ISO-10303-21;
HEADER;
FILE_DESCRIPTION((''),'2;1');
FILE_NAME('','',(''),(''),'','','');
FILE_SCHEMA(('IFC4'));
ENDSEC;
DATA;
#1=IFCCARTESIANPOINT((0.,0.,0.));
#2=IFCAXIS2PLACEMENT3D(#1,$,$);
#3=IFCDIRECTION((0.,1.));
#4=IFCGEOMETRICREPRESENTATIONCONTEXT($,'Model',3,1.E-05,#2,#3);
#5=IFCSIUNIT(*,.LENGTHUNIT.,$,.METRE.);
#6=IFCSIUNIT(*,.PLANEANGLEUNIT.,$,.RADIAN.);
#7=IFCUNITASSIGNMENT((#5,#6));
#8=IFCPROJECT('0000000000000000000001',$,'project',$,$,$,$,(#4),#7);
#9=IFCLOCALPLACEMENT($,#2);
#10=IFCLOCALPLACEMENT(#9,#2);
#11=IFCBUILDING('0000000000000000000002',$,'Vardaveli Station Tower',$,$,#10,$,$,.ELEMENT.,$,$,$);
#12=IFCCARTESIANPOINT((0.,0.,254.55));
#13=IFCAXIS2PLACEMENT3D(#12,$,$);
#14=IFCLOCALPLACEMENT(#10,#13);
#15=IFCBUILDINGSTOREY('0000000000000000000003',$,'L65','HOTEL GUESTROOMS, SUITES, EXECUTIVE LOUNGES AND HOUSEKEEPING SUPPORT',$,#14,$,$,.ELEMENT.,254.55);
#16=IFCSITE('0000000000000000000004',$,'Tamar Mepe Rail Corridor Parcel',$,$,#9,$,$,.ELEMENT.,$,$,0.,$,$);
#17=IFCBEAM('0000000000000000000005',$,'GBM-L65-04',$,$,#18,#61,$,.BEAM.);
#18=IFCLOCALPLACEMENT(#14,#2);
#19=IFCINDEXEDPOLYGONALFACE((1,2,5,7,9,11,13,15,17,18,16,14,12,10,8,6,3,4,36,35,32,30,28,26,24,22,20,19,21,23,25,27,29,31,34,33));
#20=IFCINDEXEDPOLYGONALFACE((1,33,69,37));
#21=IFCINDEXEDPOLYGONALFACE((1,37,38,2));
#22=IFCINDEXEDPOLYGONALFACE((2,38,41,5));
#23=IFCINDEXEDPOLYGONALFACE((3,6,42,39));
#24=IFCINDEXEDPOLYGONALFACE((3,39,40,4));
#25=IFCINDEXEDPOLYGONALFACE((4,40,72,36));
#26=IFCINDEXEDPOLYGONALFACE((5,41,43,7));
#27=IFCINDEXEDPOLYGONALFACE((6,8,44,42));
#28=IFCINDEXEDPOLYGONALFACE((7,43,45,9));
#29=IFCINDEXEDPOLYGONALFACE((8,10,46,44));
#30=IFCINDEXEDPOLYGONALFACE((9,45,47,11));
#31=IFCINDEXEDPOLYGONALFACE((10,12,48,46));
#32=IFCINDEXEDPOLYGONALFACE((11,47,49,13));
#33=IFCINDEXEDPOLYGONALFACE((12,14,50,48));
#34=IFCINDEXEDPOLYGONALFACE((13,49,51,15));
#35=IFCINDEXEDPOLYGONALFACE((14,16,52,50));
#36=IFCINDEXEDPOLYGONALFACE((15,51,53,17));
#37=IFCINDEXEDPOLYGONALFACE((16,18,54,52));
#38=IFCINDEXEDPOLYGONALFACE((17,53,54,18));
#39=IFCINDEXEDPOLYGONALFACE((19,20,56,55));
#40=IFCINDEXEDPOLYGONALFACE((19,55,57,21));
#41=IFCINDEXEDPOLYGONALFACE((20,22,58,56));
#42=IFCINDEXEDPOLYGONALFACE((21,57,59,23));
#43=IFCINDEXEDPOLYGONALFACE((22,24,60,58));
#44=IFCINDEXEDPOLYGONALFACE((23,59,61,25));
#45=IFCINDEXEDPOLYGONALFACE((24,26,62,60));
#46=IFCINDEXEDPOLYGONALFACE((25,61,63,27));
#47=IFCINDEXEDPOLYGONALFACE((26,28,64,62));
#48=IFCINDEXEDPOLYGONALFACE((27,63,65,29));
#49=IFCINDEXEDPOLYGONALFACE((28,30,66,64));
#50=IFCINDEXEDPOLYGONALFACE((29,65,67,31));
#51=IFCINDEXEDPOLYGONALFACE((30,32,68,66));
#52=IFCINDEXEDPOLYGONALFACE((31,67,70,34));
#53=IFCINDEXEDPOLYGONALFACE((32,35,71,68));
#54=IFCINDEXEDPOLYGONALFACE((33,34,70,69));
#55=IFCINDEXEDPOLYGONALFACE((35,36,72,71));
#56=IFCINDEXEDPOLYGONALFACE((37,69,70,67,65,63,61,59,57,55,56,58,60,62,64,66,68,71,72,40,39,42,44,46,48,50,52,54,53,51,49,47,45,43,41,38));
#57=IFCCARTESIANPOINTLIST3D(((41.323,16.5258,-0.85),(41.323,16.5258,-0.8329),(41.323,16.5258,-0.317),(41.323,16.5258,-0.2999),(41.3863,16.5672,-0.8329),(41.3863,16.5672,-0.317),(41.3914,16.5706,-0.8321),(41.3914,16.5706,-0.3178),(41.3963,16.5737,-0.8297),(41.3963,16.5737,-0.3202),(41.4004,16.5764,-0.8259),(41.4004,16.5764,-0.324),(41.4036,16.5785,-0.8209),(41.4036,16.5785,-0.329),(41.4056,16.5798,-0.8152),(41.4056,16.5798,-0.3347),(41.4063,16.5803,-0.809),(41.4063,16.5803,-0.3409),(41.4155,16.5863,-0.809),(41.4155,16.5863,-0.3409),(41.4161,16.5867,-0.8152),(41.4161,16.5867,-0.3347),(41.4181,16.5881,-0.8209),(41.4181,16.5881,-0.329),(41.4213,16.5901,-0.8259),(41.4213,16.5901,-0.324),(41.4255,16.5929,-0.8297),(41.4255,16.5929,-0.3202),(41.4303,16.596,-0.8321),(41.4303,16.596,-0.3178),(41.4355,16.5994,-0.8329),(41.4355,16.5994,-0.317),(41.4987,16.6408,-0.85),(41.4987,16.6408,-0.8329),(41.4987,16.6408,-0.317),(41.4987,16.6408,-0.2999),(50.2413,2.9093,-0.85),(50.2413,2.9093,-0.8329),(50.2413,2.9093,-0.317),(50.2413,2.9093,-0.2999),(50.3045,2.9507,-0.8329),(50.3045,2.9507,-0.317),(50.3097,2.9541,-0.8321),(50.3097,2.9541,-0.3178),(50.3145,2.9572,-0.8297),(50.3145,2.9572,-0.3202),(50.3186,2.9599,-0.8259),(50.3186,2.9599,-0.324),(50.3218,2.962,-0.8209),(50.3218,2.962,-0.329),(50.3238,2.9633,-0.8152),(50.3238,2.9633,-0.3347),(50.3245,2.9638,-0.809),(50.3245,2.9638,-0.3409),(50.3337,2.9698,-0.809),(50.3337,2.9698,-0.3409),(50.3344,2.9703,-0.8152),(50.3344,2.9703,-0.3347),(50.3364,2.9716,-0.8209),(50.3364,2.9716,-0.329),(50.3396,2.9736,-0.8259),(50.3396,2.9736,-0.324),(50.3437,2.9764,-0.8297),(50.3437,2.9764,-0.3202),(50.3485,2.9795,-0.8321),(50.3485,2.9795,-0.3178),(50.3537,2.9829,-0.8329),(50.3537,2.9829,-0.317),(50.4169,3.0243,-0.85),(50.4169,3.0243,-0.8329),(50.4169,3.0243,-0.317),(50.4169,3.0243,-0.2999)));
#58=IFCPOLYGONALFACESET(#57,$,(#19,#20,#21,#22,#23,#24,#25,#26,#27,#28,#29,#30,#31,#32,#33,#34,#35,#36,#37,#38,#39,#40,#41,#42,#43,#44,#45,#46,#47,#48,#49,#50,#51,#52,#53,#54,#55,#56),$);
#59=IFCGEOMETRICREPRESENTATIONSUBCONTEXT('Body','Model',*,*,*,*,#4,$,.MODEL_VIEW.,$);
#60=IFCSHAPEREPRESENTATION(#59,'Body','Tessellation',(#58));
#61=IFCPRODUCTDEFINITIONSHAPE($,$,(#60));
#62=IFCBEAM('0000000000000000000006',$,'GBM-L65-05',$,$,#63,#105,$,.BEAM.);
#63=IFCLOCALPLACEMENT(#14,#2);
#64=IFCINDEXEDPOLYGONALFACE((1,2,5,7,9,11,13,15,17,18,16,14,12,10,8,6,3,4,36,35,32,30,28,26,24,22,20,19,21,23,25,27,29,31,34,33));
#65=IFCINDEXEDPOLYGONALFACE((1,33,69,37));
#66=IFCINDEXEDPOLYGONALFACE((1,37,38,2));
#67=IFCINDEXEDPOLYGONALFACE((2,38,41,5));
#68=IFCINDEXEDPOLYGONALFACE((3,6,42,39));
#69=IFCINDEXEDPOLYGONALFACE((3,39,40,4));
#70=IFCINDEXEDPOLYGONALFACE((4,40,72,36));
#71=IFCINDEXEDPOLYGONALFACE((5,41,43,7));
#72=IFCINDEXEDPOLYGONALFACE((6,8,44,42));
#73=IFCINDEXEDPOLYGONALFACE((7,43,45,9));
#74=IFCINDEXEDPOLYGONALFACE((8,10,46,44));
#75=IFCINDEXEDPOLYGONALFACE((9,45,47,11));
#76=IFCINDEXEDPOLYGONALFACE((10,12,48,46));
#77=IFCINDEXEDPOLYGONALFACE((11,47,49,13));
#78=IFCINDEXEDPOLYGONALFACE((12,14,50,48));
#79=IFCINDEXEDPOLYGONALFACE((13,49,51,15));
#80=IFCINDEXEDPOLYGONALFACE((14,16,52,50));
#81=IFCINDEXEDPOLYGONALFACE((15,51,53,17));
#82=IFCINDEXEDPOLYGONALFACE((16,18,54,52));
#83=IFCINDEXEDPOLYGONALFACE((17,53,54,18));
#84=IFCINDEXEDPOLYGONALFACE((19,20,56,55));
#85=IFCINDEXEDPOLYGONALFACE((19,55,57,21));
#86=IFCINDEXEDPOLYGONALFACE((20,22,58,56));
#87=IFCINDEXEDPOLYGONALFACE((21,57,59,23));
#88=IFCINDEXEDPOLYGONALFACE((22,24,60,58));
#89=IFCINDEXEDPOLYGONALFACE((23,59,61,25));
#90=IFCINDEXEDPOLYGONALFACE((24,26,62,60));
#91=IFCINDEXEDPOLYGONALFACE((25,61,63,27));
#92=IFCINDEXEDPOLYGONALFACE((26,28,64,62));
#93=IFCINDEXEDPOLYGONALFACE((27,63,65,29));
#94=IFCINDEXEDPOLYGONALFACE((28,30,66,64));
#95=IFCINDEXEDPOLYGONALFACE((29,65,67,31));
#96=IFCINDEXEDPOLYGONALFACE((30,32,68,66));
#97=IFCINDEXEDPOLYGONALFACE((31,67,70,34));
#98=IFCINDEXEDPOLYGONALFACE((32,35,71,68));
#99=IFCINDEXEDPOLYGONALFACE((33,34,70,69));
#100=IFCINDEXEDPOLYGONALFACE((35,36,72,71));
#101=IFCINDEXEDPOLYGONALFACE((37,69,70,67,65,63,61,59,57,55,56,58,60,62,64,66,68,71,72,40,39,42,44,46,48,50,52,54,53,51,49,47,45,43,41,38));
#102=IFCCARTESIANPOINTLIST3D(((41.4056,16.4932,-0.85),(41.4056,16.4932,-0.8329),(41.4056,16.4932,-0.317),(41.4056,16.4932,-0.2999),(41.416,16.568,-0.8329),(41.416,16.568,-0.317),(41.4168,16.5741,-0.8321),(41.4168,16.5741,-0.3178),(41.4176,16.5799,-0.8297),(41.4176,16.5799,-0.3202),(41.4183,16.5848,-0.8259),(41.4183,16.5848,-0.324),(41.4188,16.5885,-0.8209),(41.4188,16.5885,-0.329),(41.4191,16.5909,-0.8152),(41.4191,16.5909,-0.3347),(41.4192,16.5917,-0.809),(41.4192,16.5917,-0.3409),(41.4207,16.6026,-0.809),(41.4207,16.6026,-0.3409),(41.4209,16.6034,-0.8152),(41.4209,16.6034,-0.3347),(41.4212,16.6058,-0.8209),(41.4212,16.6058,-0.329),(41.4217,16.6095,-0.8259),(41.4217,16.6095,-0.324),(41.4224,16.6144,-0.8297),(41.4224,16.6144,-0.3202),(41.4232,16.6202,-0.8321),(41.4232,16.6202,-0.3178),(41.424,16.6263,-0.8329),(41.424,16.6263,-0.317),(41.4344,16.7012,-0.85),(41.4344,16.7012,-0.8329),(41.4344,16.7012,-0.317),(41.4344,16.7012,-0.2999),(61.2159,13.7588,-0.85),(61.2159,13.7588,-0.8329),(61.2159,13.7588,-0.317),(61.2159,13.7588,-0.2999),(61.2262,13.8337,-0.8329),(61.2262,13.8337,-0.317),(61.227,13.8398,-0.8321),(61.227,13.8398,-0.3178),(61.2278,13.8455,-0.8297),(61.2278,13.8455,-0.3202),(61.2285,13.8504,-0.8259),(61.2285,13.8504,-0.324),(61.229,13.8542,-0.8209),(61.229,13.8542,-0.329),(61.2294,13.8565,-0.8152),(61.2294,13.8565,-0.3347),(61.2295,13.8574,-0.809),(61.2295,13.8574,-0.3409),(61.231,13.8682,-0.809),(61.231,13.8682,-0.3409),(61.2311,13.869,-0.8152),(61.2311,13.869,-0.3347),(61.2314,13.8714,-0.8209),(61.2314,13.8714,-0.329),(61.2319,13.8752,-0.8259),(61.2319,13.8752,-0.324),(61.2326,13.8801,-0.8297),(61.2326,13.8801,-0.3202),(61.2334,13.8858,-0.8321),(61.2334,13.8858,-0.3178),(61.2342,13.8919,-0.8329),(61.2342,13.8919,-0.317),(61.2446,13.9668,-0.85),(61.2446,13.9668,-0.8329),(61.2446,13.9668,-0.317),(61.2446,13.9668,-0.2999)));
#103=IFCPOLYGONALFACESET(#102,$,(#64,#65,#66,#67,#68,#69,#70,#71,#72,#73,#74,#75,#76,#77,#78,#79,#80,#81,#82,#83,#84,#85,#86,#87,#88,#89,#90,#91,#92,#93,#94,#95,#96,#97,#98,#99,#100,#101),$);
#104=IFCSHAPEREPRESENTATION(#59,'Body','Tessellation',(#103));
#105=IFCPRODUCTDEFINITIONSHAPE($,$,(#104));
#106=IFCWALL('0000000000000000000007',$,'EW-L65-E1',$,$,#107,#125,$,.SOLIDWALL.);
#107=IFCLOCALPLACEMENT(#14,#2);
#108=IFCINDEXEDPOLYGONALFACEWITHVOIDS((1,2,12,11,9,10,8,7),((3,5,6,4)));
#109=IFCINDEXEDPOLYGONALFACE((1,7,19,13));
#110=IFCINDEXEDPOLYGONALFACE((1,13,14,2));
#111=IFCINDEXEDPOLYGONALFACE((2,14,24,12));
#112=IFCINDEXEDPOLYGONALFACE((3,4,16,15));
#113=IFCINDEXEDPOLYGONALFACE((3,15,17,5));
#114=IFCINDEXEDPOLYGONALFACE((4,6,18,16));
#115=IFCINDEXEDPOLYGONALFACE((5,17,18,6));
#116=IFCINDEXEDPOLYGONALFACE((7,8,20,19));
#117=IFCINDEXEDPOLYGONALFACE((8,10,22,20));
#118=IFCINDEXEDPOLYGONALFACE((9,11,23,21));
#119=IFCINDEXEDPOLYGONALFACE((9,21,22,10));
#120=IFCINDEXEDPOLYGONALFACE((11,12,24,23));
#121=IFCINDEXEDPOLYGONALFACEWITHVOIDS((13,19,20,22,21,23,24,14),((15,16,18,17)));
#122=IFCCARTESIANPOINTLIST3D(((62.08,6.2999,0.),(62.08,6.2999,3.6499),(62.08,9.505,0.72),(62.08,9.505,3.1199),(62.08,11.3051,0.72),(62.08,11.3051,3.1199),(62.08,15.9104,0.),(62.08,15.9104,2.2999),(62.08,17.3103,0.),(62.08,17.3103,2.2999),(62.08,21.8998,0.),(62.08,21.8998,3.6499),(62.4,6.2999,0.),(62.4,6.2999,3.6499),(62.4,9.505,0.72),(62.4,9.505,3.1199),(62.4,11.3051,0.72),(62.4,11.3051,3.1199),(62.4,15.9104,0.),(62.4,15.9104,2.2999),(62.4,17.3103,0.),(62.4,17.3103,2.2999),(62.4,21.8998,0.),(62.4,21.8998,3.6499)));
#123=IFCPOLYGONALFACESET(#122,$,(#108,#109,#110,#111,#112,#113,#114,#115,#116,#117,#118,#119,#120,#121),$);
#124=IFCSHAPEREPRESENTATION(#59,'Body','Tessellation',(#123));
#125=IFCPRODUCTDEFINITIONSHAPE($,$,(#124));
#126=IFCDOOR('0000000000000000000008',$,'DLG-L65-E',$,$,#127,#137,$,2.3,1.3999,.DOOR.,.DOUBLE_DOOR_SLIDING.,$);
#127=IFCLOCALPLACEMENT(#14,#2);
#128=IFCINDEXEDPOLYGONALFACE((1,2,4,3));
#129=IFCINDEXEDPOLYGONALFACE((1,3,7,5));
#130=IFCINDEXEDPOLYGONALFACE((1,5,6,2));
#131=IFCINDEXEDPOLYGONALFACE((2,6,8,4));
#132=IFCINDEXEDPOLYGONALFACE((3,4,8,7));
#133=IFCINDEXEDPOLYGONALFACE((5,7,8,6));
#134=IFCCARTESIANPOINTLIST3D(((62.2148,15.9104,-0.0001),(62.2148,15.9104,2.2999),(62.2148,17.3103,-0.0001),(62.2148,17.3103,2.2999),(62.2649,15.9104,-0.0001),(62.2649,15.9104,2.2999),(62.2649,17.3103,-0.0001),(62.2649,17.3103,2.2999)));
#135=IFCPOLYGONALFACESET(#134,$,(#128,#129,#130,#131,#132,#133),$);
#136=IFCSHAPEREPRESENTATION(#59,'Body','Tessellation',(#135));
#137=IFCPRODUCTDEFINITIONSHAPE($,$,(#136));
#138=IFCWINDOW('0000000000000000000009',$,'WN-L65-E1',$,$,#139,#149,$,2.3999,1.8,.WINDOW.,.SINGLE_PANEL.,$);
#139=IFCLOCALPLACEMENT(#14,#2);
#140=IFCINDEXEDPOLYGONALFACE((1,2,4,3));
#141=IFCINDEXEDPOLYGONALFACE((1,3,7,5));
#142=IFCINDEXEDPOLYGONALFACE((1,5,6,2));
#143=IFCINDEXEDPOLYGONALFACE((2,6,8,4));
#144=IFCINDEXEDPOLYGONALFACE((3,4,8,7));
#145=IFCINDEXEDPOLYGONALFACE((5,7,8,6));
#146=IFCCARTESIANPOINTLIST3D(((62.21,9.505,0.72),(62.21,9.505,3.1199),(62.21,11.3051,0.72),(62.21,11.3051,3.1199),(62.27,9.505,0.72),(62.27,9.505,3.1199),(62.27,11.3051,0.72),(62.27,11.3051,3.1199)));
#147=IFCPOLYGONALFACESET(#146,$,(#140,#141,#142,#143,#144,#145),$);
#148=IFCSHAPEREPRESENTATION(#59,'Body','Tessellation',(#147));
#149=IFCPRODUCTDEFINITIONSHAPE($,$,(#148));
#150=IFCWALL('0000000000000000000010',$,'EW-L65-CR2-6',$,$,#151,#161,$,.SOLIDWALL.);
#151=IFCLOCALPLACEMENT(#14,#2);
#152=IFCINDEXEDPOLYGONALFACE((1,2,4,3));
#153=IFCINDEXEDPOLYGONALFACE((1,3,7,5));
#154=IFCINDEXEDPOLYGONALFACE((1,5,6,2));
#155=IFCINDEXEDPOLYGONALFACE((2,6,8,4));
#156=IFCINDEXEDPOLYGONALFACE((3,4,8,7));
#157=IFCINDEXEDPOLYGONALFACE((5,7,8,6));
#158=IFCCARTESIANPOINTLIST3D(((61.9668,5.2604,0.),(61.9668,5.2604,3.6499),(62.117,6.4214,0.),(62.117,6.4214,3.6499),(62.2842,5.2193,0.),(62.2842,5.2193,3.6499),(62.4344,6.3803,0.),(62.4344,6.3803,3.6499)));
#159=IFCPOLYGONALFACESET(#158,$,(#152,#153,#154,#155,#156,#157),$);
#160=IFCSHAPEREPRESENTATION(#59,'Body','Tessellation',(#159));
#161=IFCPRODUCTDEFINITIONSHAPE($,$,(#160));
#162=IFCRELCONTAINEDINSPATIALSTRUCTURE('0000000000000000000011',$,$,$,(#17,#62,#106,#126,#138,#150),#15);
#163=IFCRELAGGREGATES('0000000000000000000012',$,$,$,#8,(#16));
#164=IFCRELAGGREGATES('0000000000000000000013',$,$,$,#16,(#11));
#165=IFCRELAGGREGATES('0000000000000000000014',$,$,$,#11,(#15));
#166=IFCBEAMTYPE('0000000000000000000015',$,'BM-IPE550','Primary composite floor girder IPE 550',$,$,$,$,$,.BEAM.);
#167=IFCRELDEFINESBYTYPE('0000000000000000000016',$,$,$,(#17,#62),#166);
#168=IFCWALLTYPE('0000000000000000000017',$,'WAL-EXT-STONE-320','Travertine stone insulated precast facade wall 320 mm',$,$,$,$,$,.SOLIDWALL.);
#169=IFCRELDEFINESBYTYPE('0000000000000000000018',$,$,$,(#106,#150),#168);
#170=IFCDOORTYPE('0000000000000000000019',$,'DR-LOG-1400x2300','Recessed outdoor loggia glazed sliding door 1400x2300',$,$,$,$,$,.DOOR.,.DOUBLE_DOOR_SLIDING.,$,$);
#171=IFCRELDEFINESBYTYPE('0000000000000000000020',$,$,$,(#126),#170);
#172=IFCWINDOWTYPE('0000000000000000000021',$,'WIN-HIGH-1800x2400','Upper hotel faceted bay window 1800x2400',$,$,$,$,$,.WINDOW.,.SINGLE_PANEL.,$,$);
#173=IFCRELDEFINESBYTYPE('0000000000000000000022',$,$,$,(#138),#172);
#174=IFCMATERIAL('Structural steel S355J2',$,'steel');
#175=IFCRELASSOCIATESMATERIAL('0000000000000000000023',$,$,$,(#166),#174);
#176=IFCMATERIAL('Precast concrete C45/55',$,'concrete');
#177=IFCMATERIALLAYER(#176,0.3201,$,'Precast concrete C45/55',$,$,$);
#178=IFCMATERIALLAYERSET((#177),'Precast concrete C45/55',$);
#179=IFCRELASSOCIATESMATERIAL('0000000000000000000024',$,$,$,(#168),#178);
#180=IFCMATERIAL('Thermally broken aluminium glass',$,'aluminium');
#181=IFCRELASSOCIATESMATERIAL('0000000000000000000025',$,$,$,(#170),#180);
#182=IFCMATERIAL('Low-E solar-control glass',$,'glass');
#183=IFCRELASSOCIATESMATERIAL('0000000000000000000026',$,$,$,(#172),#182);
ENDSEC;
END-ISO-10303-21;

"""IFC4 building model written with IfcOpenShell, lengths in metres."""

from ifc_helpers import new_model, si_unit, direction, frame, frame_2d, origin, origin_2d, place, context, subcontext, project, spatial, rectangle, i_section, extrude, source, transform, mapped, material, layer, layer_set, material_profile, profile_set, type_object, element, fill, save


model = new_model("IFC4")

# Units and contexts
model_context = context("Model", 3, precision=1e-05, world=origin(), true_north=direction((0.0, 1.0)))
body_context = subcontext(model_context, "Body", "Model", "MODEL_VIEW")
ifc_project = project(units=[si_unit("LENGTHUNIT", "METRE"), si_unit("PLANEANGLEUNIT", "RADIAN")], contexts=[model_context])

# Site, building, storey
site_placement = place(None, origin())
site = spatial("IfcSite", under=ifc_project, at=site_placement, Name="Tamar Mepe Rail Corridor Parcel", CompositionType="ELEMENT", RefElevation=0.0)
building_placement = place(site_placement, origin())
building = spatial("IfcBuilding", under=site, at=building_placement, Name="Vardaveli Station Tower", CompositionType="ELEMENT")
storey_placement = place(building_placement, frame((0.0, 0.0, 254.55)))
storey = spatial("IfcBuildingStorey", under=building, at=storey_placement, Name="L65", Description="HOTEL GUESTROOMS, SUITES, EXECUTIVE LOUNGES AND HOUSEKEEPING SUPPORT", CompositionType="ELEMENT", Elevation=254.55)

# Beams
ifc_material_1 = material(Name="Precast concrete C45/55", Category="concrete")
ifc_material_2 = material(Name="Structural steel S355J2", Category="steel")
ifc_material_profile_1 = material_profile(ifc_material_2, i_section(OverallWidth=0.21, OverallDepth=0.55, WebThickness=0.011, FlangeThickness=0.0171, FilletRadius=0.0239, at=origin_2d()), Name="IPE 550")
ifc_profile_set_1 = profile_set([ifc_material_profile_1], Name="Structural steel S355J2")
beam_type_1 = type_object("IfcBeamType", Name="BM-IPE550", Description="Primary composite floor girder IPE 550", PredefinedType="BEAM", material=ifc_profile_set_1)
shared_shape_1 = source(origin(), body_context, "Body", "SweptSolid", [
    extrude(i_section(OverallWidth=0.21, OverallDepth=0.55, WebThickness=0.011, FlangeThickness=0.0171, FilletRadius=0.0239, at=origin_2d()), origin(), (0.0, 0.0, 1.0), 16.2771),
])
beam_1_placement = place(storey_placement, frame((50.3291, 2.9668, -0.575), z_axis=(-0.547901, 0.836543, 0.0), x_axis=(-0.836543, -0.547901, 0.0)))
element("IfcBeam", 1, at=beam_1_placement, inside=storey, type_object=beam_type_1, Name="GBM-L65-04", PredefinedType="BEAM", context=body_context, shape_type="MappedRepresentation", body=[
    mapped(shared_shape_1, transform((0.0, 0.0, 0.0), scale=1.0)),
])
shared_shape_2 = source(origin(), body_context, "Body", "SweptSolid", [
    extrude(i_section(OverallWidth=0.21, OverallDepth=0.55, WebThickness=0.011, FlangeThickness=0.0171, FilletRadius=0.0239, at=origin_2d()), origin(), (0.0, 0.0, 1.0), 19.998),
])
beam_2_placement = place(storey_placement, frame((61.2302, 13.8628, -0.575), z_axis=(-0.990608, 0.136732, 0.0), x_axis=(-0.136732, -0.990608, 0.0)))
element("IfcBeam", 2, at=beam_2_placement, inside=storey, type_object=beam_type_1, Name="GBM-L65-05", PredefinedType="BEAM", context=body_context, shape_type="MappedRepresentation", body=[
    mapped(shared_shape_2, transform((0.0, 0.0, 0.0), scale=1.0)),
])

# Wall, openings, door, window
ifc_layer_1 = layer(ifc_material_1, 0.3201, Name="Precast concrete C45/55")
ifc_layer_set_1 = layer_set([ifc_layer_1], Name="Precast concrete C45/55")
wall_type_1 = type_object("IfcWallType", Name="WAL-EXT-STONE-320", Description="Travertine stone insulated precast facade wall 320 mm", PredefinedType="SOLIDWALL", material=ifc_layer_set_1)
shared_shape_3 = source(origin(), body_context, "Body", "SweptSolid", [
    extrude(rectangle(XDim=15.5999, YDim=0.3201, at=frame_2d((7.7998, 0.0))), origin(), (0.0, 0.0, 1.0), 3.6499),
])
wall_1_placement = place(storey_placement, frame((62.24, 6.3, 0.0), z_axis=(0.0, 0.0, 1.0), x_axis=(0.0, 1.0, 0.0)))
wall_1 = element("IfcWall", 3, at=wall_1_placement, inside=storey, type_object=wall_type_1, Name="EW-L65-E1", PredefinedType="SOLIDWALL", context=body_context, shape_type="MappedRepresentation", body=[
    mapped(shared_shape_3, transform((0.0, 0.0, 0.0), scale=1.0)),
])
shared_shape_4 = source(origin(), body_context, "Body", "SweptSolid", [
    extrude(rectangle(XDim=1.3999, YDim=2.3, at=frame_2d((0.7, 1.1499))), frame((0.0, 0.1699, 0.0), z_axis=(0.0, -1.0, 0.0), x_axis=(1.0, 0.0, 0.0)), (0.0, 0.0, 1.0), 0.3401),
])
opening_1_placement = place(wall_1_placement, frame((9.6104, 0.0, 0.0)))
opening_1 = element("IfcOpeningElement", 4, at=opening_1_placement, cuts=wall_1, PredefinedType="OPENING", context=body_context, shape_type="MappedRepresentation", body=[
    mapped(shared_shape_4, transform((0.0, 0.0, 0.0), scale=1.0)),
])
shared_shape_5 = source(origin(), body_context, "Body", "SweptSolid", [
    extrude(rectangle(XDim=1.8, YDim=2.3999, at=frame_2d((0.8999, 1.2))), frame((0.0, 0.1699, 0.0), z_axis=(0.0, -1.0, 0.0), x_axis=(1.0, 0.0, 0.0)), (0.0, 0.0, 1.0), 0.3401),
])
opening_2_placement = place(wall_1_placement, frame((3.2051, 0.0, 0.72)))
opening_2 = element("IfcOpeningElement", 5, at=opening_2_placement, cuts=wall_1, PredefinedType="OPENING", context=body_context, shape_type="MappedRepresentation", body=[
    mapped(shared_shape_5, transform((0.0, 0.0, 0.0), scale=1.0)),
])
ifc_material_3 = material(Name="Thermally broken aluminium glass", Category="aluminium")
door_type_1 = type_object("IfcDoorType", Name="DR-LOG-1400x2300", Description="Recessed outdoor loggia glazed sliding door 1400x2300", OperationType="DOUBLE_DOOR_SLIDING", PredefinedType="DOOR", material=ifc_material_3)
shared_shape_6 = source(origin(), body_context, "Body", "SweptSolid", [
    extrude(rectangle(XDim=1.3999, YDim=2.3, at=frame_2d((0.7, 1.1499))), frame((0.0, 0.0249, 0.0), z_axis=(0.0, -1.0, 0.0), x_axis=(1.0, 0.0, 0.0)), (0.0, 0.0, 1.0), 0.05),
])
door_1_placement = place(opening_1_placement, frame((1.3999, 0.0, 0.0), z_axis=(0.0, 0.0, 1.0), x_axis=(-1.0, 0.0, 0.0)))
door_1 = element("IfcDoor", 6, at=door_1_placement, inside=storey, type_object=door_type_1, Name="DLG-L65-E", OperationType="DOUBLE_DOOR_SLIDING", OverallHeight=2.3, OverallWidth=1.3999, PredefinedType="DOOR", context=body_context, shape_type="MappedRepresentation", body=[
    mapped(shared_shape_6, transform((0.0, 0.0, 0.0), scale=1.0)),
])
fill(opening_1, door_1)
ifc_material_4 = material(Name="Low-E solar-control glass", Category="glass")
window_type = type_object("IfcWindowType", Name="WIN-HIGH-1800x2400", Description="Upper hotel faceted bay window 1800x2400", PartitioningType="SINGLE_PANEL", PredefinedType="WINDOW", material=ifc_material_4)
shared_shape_7 = source(origin(), body_context, "Body", "SweptSolid", [
    extrude(rectangle(XDim=1.8, YDim=2.3999, at=frame_2d((0.8999, 1.2))), frame((0.0, 0.03, 0.0), z_axis=(0.0, -1.0, 0.0), x_axis=(1.0, 0.0, 0.0)), (0.0, 0.0, 1.0), 0.0601),
])
window_placement = place(opening_2_placement, origin())
window = element("IfcWindow", 7, at=window_placement, inside=storey, type_object=window_type, Name="WN-L65-E1", OverallHeight=2.3999, OverallWidth=1.8, PartitioningType="SINGLE_PANEL", PredefinedType="WINDOW", context=body_context, shape_type="MappedRepresentation", body=[
    mapped(shared_shape_7, transform((0.0, 0.0, 0.0), scale=1.0)),
])
fill(opening_2, window)

# Wall
shared_shape_8 = source(origin(), body_context, "Body", "SweptSolid", [
    extrude(rectangle(XDim=1.1707, YDim=0.3201, at=frame_2d((0.5854, 0.0))), origin(), (0.0, 0.0, 1.0), 3.6499),
])
wall_2_placement = place(storey_placement, frame((62.1255, 5.2397, 0.0), z_axis=(0.0, 0.0, 1.0), x_axis=(0.128269, 0.991739, 0.0)))
element("IfcWall", 8, at=wall_2_placement, inside=storey, type_object=wall_type_1, Name="EW-L65-CR2-6", PredefinedType="SOLIDWALL", context=body_context, shape_type="MappedRepresentation", body=[
    mapped(shared_shape_8, transform((0.0, 0.0, 0.0), scale=1.0)),
])

save(model, "model.ifc")
